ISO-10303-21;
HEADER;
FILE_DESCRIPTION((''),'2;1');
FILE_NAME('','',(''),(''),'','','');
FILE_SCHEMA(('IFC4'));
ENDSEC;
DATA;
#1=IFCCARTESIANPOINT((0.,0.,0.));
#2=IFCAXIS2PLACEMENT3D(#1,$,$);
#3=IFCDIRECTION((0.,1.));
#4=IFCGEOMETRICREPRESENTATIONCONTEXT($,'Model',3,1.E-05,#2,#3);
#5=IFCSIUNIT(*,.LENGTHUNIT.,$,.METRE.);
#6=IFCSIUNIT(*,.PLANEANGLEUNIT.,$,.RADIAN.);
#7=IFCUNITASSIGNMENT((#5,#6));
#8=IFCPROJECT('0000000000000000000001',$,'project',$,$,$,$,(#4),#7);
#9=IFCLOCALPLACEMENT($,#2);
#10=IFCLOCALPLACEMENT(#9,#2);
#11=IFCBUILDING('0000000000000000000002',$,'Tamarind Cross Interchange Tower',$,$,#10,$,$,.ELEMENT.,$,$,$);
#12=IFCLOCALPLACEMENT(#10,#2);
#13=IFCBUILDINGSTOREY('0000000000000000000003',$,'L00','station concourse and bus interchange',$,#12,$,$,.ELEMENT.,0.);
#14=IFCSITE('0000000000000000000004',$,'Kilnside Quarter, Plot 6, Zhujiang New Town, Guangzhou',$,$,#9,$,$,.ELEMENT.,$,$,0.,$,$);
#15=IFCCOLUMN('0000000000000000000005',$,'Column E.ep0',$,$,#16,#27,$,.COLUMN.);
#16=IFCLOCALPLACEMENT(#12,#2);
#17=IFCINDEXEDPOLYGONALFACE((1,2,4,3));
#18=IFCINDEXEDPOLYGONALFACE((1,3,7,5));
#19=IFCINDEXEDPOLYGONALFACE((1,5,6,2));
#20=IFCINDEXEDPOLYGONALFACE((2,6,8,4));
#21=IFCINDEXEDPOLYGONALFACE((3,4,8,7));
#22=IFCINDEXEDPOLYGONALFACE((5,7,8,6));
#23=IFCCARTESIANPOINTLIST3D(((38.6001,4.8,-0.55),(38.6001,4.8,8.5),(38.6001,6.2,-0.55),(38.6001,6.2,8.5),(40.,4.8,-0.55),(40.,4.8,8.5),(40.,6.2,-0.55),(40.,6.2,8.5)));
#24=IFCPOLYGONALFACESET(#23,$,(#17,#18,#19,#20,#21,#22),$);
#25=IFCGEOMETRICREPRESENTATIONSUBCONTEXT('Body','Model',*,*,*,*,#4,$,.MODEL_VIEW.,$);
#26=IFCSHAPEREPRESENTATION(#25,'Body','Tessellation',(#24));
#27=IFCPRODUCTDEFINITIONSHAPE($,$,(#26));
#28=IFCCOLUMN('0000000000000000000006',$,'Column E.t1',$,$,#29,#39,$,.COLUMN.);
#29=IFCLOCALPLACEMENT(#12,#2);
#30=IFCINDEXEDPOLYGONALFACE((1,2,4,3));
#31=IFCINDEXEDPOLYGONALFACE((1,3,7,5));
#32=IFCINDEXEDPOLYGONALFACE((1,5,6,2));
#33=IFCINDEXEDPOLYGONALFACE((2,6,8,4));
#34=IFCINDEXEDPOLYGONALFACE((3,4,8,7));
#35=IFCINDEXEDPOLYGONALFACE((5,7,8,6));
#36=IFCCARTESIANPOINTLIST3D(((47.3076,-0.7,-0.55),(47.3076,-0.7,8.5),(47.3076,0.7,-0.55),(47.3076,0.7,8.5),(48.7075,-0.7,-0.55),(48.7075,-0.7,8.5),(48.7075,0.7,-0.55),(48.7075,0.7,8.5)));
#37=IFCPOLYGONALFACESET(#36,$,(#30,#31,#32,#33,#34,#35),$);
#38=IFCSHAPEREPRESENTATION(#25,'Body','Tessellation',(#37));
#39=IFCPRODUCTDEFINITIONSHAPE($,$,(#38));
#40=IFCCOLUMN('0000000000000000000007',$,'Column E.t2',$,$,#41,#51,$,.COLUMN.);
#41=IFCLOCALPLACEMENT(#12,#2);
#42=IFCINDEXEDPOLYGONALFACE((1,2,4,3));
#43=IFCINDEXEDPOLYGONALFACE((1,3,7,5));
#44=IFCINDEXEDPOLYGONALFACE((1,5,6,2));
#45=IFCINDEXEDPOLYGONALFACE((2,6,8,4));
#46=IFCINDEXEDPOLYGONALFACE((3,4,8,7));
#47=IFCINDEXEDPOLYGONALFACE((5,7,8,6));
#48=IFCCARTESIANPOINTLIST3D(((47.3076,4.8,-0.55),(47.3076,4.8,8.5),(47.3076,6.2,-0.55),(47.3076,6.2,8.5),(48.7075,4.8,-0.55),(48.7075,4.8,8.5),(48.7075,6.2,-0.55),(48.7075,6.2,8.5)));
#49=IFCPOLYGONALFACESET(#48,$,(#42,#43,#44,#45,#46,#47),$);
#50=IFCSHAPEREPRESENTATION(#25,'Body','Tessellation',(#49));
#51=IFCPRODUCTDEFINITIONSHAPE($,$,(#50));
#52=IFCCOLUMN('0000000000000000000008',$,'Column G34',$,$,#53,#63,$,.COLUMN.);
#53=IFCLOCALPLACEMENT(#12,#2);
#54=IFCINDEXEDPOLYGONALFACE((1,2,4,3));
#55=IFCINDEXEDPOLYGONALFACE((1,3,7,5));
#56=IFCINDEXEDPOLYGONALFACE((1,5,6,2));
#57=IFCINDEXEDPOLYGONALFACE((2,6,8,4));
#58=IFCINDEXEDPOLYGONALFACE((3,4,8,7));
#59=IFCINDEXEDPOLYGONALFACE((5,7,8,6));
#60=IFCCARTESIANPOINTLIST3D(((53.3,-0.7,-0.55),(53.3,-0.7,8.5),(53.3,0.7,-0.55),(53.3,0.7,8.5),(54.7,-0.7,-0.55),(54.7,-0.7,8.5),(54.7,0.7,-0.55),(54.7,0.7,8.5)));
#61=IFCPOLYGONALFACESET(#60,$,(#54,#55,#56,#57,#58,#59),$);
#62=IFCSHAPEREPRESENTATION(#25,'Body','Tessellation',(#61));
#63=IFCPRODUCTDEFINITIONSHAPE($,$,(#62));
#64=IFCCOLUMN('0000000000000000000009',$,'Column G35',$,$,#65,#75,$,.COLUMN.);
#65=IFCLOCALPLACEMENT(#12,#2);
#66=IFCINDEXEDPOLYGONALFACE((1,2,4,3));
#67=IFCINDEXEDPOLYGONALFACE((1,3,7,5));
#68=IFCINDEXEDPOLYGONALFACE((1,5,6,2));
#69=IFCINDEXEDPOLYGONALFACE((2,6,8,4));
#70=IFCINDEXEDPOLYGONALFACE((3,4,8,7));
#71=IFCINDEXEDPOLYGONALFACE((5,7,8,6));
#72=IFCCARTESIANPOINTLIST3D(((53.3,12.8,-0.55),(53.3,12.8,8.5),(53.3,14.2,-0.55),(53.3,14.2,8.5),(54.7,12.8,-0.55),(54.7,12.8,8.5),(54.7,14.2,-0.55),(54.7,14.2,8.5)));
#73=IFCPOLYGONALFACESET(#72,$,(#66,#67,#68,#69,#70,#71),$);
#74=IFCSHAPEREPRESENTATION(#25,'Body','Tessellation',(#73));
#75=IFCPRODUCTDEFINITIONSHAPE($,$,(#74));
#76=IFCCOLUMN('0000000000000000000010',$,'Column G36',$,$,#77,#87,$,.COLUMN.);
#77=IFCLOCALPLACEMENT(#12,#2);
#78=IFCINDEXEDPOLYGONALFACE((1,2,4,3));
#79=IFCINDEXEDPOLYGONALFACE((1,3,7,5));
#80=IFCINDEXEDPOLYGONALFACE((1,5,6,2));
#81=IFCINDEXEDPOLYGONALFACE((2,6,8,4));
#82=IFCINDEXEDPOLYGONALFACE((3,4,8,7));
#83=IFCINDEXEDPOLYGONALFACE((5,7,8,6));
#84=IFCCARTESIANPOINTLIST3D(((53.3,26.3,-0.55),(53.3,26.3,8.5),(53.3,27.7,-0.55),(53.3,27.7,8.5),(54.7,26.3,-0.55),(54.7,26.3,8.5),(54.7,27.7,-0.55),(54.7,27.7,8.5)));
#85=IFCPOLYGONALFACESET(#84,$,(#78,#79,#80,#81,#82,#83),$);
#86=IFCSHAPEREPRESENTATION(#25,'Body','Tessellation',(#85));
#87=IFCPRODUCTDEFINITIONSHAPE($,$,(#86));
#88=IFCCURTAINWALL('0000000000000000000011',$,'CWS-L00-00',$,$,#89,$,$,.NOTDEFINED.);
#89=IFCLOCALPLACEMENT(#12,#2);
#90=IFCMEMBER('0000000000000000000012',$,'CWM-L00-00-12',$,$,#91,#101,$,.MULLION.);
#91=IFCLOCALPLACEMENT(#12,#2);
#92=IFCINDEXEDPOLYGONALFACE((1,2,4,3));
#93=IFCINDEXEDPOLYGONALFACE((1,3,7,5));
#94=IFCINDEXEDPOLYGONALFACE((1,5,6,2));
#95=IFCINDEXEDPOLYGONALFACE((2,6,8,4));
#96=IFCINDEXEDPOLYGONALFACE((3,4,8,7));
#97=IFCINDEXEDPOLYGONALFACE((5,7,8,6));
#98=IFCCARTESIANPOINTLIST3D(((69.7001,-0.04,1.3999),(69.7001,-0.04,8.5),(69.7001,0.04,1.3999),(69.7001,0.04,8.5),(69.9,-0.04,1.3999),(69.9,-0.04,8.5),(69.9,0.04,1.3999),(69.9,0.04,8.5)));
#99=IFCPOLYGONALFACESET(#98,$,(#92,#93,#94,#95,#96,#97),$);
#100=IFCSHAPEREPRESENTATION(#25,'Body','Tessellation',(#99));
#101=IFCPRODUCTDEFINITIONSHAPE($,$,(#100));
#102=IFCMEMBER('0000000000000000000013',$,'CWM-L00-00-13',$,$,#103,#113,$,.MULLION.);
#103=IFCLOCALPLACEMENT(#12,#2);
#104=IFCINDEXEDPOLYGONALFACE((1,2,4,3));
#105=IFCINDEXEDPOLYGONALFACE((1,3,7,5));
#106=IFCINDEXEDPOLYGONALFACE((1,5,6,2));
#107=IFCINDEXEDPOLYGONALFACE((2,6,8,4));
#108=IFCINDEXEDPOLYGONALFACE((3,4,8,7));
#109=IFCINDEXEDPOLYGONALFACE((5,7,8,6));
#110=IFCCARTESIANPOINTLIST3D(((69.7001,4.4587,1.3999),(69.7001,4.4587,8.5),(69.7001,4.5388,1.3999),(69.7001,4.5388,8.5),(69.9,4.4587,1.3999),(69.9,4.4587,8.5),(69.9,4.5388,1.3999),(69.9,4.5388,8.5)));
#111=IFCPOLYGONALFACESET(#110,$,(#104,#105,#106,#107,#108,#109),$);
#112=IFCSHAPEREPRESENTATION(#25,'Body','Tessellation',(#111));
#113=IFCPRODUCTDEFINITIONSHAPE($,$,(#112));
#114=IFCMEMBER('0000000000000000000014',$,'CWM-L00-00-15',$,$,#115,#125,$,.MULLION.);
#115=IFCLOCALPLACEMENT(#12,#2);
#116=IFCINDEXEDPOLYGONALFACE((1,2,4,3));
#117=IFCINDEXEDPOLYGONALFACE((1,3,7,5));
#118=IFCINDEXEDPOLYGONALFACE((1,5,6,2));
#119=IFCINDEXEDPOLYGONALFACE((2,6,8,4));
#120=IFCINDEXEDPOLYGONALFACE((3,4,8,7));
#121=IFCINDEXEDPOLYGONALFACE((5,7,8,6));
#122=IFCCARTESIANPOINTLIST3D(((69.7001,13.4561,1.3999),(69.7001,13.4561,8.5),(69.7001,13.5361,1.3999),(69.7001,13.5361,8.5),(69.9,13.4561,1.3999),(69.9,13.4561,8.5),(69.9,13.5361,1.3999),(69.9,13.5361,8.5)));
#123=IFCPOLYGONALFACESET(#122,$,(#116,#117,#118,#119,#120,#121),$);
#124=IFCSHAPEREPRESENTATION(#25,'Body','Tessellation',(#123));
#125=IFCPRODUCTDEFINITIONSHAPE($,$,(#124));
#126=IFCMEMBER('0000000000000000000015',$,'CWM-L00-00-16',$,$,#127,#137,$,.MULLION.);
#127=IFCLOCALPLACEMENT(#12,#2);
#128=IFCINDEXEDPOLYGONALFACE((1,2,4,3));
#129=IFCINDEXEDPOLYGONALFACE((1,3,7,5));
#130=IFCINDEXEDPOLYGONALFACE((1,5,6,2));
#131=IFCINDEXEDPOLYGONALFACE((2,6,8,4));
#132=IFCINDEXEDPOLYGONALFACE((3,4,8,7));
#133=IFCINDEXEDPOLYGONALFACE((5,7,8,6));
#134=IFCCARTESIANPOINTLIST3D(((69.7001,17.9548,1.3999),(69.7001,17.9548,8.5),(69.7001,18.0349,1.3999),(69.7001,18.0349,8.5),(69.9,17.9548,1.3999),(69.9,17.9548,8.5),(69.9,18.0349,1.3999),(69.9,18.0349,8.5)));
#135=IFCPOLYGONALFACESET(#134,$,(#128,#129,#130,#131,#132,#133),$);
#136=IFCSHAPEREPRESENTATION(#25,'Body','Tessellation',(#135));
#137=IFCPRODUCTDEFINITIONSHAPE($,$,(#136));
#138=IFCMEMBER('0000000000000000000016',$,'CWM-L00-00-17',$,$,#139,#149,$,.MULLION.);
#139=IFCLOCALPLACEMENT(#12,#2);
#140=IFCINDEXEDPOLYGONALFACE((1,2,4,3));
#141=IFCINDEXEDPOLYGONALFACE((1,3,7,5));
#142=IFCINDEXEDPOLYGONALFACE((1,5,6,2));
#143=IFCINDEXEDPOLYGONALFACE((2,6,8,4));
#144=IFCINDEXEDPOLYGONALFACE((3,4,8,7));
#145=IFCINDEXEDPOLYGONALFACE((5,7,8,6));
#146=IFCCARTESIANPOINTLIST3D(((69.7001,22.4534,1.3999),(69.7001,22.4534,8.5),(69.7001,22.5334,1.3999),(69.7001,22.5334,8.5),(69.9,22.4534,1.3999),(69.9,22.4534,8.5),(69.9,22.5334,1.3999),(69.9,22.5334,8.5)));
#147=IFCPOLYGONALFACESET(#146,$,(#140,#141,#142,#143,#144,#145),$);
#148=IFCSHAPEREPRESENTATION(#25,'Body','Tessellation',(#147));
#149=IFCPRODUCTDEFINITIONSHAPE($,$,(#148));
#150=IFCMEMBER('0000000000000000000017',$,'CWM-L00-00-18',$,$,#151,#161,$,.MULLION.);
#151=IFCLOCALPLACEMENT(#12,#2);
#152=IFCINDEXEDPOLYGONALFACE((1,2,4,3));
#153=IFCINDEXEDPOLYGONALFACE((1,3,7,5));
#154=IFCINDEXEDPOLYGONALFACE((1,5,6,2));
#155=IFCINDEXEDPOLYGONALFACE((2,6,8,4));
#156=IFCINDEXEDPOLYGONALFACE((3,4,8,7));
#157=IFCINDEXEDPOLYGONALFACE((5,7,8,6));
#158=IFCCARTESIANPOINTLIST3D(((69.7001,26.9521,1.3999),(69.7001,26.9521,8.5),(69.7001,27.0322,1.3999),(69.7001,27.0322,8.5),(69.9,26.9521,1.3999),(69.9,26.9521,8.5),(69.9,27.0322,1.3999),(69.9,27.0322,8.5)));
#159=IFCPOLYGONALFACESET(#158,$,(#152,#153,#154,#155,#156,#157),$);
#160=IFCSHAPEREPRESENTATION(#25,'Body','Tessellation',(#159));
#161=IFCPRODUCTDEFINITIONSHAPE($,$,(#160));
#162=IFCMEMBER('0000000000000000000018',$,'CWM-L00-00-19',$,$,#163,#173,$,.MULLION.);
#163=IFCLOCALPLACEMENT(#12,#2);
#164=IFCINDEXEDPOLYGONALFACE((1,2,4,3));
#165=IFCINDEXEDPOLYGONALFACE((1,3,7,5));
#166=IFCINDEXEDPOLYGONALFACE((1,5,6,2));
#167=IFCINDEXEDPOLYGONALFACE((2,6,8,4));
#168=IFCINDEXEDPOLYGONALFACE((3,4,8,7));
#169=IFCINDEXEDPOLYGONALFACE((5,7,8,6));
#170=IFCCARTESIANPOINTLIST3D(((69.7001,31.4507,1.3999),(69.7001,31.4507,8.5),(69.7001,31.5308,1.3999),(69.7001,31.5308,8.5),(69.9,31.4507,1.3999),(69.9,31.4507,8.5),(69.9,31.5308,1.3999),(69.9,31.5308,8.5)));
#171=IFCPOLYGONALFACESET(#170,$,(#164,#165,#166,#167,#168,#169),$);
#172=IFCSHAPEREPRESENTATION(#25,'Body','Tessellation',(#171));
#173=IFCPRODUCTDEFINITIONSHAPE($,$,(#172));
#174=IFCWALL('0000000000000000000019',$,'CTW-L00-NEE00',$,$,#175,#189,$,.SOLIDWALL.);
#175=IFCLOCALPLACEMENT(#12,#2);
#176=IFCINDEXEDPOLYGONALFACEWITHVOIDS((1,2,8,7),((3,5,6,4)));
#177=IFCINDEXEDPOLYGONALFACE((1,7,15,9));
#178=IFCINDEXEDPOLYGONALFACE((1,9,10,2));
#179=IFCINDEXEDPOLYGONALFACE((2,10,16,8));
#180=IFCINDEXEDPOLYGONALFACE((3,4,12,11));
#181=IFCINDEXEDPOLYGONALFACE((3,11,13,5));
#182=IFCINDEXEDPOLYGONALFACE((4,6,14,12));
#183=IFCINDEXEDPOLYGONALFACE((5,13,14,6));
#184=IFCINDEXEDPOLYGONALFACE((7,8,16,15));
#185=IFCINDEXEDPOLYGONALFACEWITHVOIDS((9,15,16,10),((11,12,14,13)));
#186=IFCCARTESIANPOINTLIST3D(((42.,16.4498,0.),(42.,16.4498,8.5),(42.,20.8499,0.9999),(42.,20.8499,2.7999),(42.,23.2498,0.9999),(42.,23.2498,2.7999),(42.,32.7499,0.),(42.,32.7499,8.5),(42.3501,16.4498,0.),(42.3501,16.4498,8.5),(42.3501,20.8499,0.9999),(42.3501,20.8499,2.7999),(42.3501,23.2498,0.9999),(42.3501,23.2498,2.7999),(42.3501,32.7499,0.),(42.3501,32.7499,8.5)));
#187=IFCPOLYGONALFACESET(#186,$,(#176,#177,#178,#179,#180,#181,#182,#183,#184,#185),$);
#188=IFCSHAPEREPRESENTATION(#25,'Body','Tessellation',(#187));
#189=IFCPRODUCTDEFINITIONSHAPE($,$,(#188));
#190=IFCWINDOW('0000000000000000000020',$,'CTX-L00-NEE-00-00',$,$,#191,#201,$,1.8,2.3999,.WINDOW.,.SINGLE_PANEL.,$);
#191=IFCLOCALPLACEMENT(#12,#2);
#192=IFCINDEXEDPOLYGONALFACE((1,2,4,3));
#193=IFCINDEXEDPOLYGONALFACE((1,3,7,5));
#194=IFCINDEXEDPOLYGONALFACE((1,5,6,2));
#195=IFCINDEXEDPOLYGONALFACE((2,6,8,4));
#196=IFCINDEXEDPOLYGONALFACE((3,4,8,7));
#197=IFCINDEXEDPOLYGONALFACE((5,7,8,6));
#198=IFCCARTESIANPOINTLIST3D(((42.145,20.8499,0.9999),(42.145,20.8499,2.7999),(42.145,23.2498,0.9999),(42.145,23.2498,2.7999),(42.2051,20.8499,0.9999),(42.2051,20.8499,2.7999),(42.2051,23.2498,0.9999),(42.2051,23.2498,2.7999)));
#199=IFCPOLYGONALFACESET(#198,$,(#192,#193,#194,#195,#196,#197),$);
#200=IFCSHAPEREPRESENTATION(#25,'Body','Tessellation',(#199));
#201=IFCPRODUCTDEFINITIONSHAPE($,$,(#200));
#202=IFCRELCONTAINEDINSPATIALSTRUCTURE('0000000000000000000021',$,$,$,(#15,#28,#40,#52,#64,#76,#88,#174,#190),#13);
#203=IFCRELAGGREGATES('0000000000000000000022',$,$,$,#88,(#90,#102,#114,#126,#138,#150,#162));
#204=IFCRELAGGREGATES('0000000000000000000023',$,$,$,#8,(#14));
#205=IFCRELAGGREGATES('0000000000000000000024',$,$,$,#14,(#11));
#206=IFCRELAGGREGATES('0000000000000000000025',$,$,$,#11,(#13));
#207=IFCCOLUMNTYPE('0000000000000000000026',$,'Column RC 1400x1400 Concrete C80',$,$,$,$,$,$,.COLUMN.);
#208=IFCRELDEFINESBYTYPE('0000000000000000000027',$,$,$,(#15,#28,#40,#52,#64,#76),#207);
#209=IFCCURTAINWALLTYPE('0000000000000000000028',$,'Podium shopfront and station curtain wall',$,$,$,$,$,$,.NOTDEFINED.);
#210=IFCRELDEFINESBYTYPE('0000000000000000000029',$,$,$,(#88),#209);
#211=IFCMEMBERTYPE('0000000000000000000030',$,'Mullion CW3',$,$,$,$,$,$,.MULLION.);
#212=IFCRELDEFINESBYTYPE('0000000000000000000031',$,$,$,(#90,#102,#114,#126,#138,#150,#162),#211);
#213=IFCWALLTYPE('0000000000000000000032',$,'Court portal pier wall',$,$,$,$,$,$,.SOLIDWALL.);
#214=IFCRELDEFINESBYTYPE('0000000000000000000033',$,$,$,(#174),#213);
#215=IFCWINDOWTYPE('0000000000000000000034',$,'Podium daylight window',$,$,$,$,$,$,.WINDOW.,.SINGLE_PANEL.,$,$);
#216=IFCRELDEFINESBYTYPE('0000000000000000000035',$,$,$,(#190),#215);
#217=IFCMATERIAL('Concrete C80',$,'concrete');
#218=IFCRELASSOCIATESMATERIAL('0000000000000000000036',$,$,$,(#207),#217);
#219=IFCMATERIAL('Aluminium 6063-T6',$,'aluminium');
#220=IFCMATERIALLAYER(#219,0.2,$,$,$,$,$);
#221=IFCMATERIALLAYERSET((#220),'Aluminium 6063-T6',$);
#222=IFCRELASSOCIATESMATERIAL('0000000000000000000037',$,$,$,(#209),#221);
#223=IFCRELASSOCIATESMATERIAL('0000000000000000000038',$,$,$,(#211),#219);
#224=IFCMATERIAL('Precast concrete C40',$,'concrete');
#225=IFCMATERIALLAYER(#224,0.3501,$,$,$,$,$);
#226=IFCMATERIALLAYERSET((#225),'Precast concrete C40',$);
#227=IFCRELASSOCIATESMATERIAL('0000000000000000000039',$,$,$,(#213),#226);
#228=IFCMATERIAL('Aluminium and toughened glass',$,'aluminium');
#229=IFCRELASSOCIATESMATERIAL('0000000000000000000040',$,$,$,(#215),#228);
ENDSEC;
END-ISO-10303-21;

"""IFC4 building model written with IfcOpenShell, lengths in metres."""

from ifc_helpers import new_model, si_unit, direction, frame, frame_2d, origin, origin_2d, place, context, subcontext, project, spatial, rectangle, extrude, material, layer, layer_set, material_profile, profile_set, type_object, element, fill, aggregate, save


model = new_model("IFC4")

# Units and contexts
model_context = context("Model", 3, precision=1e-05, world=origin(), true_north=direction((0.0, 1.0)))
body_context = subcontext(model_context, "Body", "Model", "MODEL_VIEW")
ifc_project = project(units=[si_unit("LENGTHUNIT", "METRE"), si_unit("PLANEANGLEUNIT", "RADIAN")], contexts=[model_context])

# Site, building, storey
site_placement = place(None, origin())
site = spatial("IfcSite", under=ifc_project, at=site_placement, Name="Kilnside Quarter, Plot 6, Zhujiang New Town, Guangzhou", CompositionType="ELEMENT", RefElevation=0.0)
building_placement = place(site_placement, origin())
building = spatial("IfcBuilding", under=site, at=building_placement, Name="Tamarind Cross Interchange Tower", CompositionType="ELEMENT")
storey_placement = place(building_placement, origin())
storey = spatial("IfcBuildingStorey", under=building, at=storey_placement, Name="L00", Description="station concourse and bus interchange", CompositionType="ELEMENT", Elevation=0.0)

# Columns
ifc_material_1 = material(Name="Concrete C80", Category="concrete")
ifc_material_profile_1 = material_profile(ifc_material_1, rectangle(XDim=1.3999, YDim=1.3999, at=origin_2d()), Name="RC 1400x1400")
ifc_profile_set_1 = profile_set([ifc_material_profile_1], Name="Concrete C80")
column_type = type_object("IfcColumnType", Name="Column RC 1400x1400 Concrete C80", PredefinedType="COLUMN", material=ifc_profile_set_1)
for number, where, z_axis, x_axis, name in (
    (1, (39.3, 5.5, -0.55), (0.0, 0.0, 1.0), (1.0, 0.0, 0.0), "Column E.ep0"),
    (2, (48.0076, 0.0, -0.55), (0.0, 0.0, 1.0), (1.0, 0.0, 0.0), "Column E.t1"),
    (3, (48.0076, 5.5, -0.55), (0.0, 0.0, 1.0), (1.0, 0.0, 0.0), "Column E.t2"),
    (4, (54.0, 0.0, -0.55), (0.0, 0.0, 1.0), (1.0, 0.0, 0.0), "Column G34"),
    (5, (54.0, 13.5, -0.55), (0.0, 0.0, 1.0), (1.0, 0.0, 0.0), "Column G35"),
    (6, (54.0, 27.0, -0.55), (0.0, 0.0, 1.0), (1.0, 0.0, 0.0), "Column G36"),
):
    element("IfcColumn", number, at=place(storey_placement, frame(where, z_axis=z_axis, x_axis=x_axis)), inside=storey, type_object=column_type, Name=name, PredefinedType="COLUMN", context=body_context, shape_type="SweptSolid", body=[
        extrude(rectangle(XDim=1.3999, YDim=1.3999, at=origin_2d()), origin(), (0.0, 0.0, 1.0), 9.05),
    ])

# Curtain wall, members
ifc_material_2 = material(Name="Aluminium 6063-T6", Category="aluminium")
ifc_layer_1 = layer(ifc_material_2, 0.2)
ifc_layer_set_1 = layer_set([ifc_layer_1], Name="Aluminium 6063-T6")
curtain_wall_type = type_object("IfcCurtainWallType", Name="Podium shopfront and station curtain wall", PredefinedType="NOTDEFINED", material=ifc_layer_set_1)
curtain_wall_placement = place(storey_placement, origin())
curtain_wall = element("IfcCurtainWall", 7, at=curtain_wall_placement, inside=storey, type_object=curtain_wall_type, Name="CWS-L00-00", PredefinedType="NOTDEFINED")
ifc_material_profile_2 = material_profile(ifc_material_2, rectangle(XDim=0.0801, YDim=0.2, at=origin_2d()), Name="Mullion CW3")
ifc_profile_set_2 = profile_set([ifc_material_profile_2], Name="Aluminium 6063-T6")
member_type = type_object("IfcMemberType", Name="Mullion CW3", PredefinedType="MULLION", material=ifc_profile_set_2)
member_1_placement = place(storey_placement, frame((69.8, 0.0, 1.3999), z_axis=(0.0, 0.0, 1.0), x_axis=(0.0, 1.0, 0.0)))
member_1 = element("IfcMember", 8, at=member_1_placement, type_object=member_type, Name="CWM-L00-00-12", PredefinedType="MULLION", context=body_context, shape_type="SweptSolid", body=[
    extrude(rectangle(XDim=0.0801, YDim=0.2, at=origin_2d()), origin(), (0.0, 0.0, 1.0), 7.1001),
])
member_2_placement = place(storey_placement, frame((69.8, 4.4988, 1.3999), z_axis=(0.0, 0.0, 1.0), x_axis=(0.0, 1.0, 0.0)))
member_2 = element("IfcMember", 9, at=member_2_placement, type_object=member_type, Name="CWM-L00-00-13", PredefinedType="MULLION", context=body_context, shape_type="SweptSolid", body=[
    extrude(rectangle(XDim=0.0801, YDim=0.2, at=origin_2d()), origin(), (0.0, 0.0, 1.0), 7.1001),
])
member_3_placement = place(storey_placement, frame((69.8, 13.4961, 1.3999), z_axis=(0.0, 0.0, 1.0), x_axis=(0.0, 1.0, 0.0)))
member_3 = element("IfcMember", 10, at=member_3_placement, type_object=member_type, Name="CWM-L00-00-15", PredefinedType="MULLION", context=body_context, shape_type="SweptSolid", body=[
    extrude(rectangle(XDim=0.0801, YDim=0.2, at=origin_2d()), origin(), (0.0, 0.0, 1.0), 7.1001),
])
member_4_placement = place(storey_placement, frame((69.8, 17.9949, 1.3999), z_axis=(0.0, 0.0, 1.0), x_axis=(0.0, 1.0, 0.0)))
member_4 = element("IfcMember", 11, at=member_4_placement, type_object=member_type, Name="CWM-L00-00-16", PredefinedType="MULLION", context=body_context, shape_type="SweptSolid", body=[
    extrude(rectangle(XDim=0.0801, YDim=0.2, at=origin_2d()), origin(), (0.0, 0.0, 1.0), 7.1001),
])
member_5_placement = place(storey_placement, frame((69.8, 22.4934, 1.3999), z_axis=(0.0, 0.0, 1.0), x_axis=(0.0, 1.0, 0.0)))
member_5 = element("IfcMember", 12, at=member_5_placement, type_object=member_type, Name="CWM-L00-00-17", PredefinedType="MULLION", context=body_context, shape_type="SweptSolid", body=[
    extrude(rectangle(XDim=0.0801, YDim=0.2, at=origin_2d()), origin(), (0.0, 0.0, 1.0), 7.1001),
])
member_6_placement = place(storey_placement, frame((69.8, 26.9922, 1.3999), z_axis=(0.0, 0.0, 1.0), x_axis=(0.0, 1.0, 0.0)))
member_6 = element("IfcMember", 13, at=member_6_placement, type_object=member_type, Name="CWM-L00-00-18", PredefinedType="MULLION", context=body_context, shape_type="SweptSolid", body=[
    extrude(rectangle(XDim=0.0801, YDim=0.2, at=origin_2d()), origin(), (0.0, 0.0, 1.0), 7.1001),
])
member_7_placement = place(storey_placement, frame((69.8, 31.4907, 1.3999), z_axis=(0.0, 0.0, 1.0), x_axis=(0.0, 1.0, 0.0)))
member_7 = element("IfcMember", 14, at=member_7_placement, type_object=member_type, Name="CWM-L00-00-19", PredefinedType="MULLION", context=body_context, shape_type="SweptSolid", body=[
    extrude(rectangle(XDim=0.0801, YDim=0.2, at=origin_2d()), origin(), (0.0, 0.0, 1.0), 7.1001),
])
aggregate(curtain_wall, [member_1, member_2, member_3, member_4, member_5, member_6, member_7])

# Wall, opening, window
ifc_material_3 = material(Name="Precast concrete C40", Category="concrete")
ifc_layer_2 = layer(ifc_material_3, 0.3501)
ifc_layer_set_2 = layer_set([ifc_layer_2], Name="Precast concrete C40")
wall_type_1 = type_object("IfcWallType", Name="Court portal pier wall", PredefinedType="SOLIDWALL", material=ifc_layer_set_2)
wall_1_placement = place(storey_placement, frame((42.175, 16.45, 0.0), z_axis=(0.0, 0.0, 1.0), x_axis=(0.0, 1.0, 0.0)))
wall_1 = element("IfcWall", 15, at=wall_1_placement, inside=storey, type_object=wall_type_1, Name="CTW-L00-NEE00", PredefinedType="SOLIDWALL", context=body_context, shape_type="SweptSolid", body=[
    extrude(rectangle(XDim=16.3, YDim=0.3501, at=frame_2d((8.1499, 0.0))), origin(), (0.0, 0.0, 1.0), 8.5),
])
opening_1_placement = place(wall_1_placement, frame((4.3999, 0.0, 1.0)))
opening_1 = element("IfcOpeningElement", 16, at=opening_1_placement, cuts=wall_1, PredefinedType="OPENING", context=body_context, shape_type="SweptSolid", body=[
    extrude(rectangle(XDim=2.3999, YDim=1.8, at=frame_2d((1.2, 0.8999))), frame((0.0, 0.1851, 0.0), z_axis=(0.0, -1.0, 0.0), x_axis=(1.0, 0.0, 0.0)), (0.0, 0.0, 1.0), 0.3701),
])
ifc_material_4 = material(Name="Aluminium and toughened glass", Category="aluminium")
window_type = type_object("IfcWindowType", Name="Podium daylight window", PartitioningType="SINGLE_PANEL", PredefinedType="WINDOW", material=ifc_material_4)
window_placement = place(opening_1_placement, origin())
window = element("IfcWindow", 17, at=window_placement, inside=storey, type_object=window_type, Name="CTX-L00-NEE-00-00", OverallHeight=1.8, OverallWidth=2.3999, PartitioningType="SINGLE_PANEL", PredefinedType="WINDOW", context=body_context, shape_type="SweptSolid", body=[
    extrude(rectangle(XDim=2.3999, YDim=1.8, at=frame_2d((1.2, 0.8999))), frame((0.0, 0.03, 0.0), z_axis=(0.0, -1.0, 0.0), x_axis=(1.0, 0.0, 0.0)), (0.0, 0.0, 1.0), 0.0601),
])
fill(opening_1, window)

save(model, "model.ifc")
